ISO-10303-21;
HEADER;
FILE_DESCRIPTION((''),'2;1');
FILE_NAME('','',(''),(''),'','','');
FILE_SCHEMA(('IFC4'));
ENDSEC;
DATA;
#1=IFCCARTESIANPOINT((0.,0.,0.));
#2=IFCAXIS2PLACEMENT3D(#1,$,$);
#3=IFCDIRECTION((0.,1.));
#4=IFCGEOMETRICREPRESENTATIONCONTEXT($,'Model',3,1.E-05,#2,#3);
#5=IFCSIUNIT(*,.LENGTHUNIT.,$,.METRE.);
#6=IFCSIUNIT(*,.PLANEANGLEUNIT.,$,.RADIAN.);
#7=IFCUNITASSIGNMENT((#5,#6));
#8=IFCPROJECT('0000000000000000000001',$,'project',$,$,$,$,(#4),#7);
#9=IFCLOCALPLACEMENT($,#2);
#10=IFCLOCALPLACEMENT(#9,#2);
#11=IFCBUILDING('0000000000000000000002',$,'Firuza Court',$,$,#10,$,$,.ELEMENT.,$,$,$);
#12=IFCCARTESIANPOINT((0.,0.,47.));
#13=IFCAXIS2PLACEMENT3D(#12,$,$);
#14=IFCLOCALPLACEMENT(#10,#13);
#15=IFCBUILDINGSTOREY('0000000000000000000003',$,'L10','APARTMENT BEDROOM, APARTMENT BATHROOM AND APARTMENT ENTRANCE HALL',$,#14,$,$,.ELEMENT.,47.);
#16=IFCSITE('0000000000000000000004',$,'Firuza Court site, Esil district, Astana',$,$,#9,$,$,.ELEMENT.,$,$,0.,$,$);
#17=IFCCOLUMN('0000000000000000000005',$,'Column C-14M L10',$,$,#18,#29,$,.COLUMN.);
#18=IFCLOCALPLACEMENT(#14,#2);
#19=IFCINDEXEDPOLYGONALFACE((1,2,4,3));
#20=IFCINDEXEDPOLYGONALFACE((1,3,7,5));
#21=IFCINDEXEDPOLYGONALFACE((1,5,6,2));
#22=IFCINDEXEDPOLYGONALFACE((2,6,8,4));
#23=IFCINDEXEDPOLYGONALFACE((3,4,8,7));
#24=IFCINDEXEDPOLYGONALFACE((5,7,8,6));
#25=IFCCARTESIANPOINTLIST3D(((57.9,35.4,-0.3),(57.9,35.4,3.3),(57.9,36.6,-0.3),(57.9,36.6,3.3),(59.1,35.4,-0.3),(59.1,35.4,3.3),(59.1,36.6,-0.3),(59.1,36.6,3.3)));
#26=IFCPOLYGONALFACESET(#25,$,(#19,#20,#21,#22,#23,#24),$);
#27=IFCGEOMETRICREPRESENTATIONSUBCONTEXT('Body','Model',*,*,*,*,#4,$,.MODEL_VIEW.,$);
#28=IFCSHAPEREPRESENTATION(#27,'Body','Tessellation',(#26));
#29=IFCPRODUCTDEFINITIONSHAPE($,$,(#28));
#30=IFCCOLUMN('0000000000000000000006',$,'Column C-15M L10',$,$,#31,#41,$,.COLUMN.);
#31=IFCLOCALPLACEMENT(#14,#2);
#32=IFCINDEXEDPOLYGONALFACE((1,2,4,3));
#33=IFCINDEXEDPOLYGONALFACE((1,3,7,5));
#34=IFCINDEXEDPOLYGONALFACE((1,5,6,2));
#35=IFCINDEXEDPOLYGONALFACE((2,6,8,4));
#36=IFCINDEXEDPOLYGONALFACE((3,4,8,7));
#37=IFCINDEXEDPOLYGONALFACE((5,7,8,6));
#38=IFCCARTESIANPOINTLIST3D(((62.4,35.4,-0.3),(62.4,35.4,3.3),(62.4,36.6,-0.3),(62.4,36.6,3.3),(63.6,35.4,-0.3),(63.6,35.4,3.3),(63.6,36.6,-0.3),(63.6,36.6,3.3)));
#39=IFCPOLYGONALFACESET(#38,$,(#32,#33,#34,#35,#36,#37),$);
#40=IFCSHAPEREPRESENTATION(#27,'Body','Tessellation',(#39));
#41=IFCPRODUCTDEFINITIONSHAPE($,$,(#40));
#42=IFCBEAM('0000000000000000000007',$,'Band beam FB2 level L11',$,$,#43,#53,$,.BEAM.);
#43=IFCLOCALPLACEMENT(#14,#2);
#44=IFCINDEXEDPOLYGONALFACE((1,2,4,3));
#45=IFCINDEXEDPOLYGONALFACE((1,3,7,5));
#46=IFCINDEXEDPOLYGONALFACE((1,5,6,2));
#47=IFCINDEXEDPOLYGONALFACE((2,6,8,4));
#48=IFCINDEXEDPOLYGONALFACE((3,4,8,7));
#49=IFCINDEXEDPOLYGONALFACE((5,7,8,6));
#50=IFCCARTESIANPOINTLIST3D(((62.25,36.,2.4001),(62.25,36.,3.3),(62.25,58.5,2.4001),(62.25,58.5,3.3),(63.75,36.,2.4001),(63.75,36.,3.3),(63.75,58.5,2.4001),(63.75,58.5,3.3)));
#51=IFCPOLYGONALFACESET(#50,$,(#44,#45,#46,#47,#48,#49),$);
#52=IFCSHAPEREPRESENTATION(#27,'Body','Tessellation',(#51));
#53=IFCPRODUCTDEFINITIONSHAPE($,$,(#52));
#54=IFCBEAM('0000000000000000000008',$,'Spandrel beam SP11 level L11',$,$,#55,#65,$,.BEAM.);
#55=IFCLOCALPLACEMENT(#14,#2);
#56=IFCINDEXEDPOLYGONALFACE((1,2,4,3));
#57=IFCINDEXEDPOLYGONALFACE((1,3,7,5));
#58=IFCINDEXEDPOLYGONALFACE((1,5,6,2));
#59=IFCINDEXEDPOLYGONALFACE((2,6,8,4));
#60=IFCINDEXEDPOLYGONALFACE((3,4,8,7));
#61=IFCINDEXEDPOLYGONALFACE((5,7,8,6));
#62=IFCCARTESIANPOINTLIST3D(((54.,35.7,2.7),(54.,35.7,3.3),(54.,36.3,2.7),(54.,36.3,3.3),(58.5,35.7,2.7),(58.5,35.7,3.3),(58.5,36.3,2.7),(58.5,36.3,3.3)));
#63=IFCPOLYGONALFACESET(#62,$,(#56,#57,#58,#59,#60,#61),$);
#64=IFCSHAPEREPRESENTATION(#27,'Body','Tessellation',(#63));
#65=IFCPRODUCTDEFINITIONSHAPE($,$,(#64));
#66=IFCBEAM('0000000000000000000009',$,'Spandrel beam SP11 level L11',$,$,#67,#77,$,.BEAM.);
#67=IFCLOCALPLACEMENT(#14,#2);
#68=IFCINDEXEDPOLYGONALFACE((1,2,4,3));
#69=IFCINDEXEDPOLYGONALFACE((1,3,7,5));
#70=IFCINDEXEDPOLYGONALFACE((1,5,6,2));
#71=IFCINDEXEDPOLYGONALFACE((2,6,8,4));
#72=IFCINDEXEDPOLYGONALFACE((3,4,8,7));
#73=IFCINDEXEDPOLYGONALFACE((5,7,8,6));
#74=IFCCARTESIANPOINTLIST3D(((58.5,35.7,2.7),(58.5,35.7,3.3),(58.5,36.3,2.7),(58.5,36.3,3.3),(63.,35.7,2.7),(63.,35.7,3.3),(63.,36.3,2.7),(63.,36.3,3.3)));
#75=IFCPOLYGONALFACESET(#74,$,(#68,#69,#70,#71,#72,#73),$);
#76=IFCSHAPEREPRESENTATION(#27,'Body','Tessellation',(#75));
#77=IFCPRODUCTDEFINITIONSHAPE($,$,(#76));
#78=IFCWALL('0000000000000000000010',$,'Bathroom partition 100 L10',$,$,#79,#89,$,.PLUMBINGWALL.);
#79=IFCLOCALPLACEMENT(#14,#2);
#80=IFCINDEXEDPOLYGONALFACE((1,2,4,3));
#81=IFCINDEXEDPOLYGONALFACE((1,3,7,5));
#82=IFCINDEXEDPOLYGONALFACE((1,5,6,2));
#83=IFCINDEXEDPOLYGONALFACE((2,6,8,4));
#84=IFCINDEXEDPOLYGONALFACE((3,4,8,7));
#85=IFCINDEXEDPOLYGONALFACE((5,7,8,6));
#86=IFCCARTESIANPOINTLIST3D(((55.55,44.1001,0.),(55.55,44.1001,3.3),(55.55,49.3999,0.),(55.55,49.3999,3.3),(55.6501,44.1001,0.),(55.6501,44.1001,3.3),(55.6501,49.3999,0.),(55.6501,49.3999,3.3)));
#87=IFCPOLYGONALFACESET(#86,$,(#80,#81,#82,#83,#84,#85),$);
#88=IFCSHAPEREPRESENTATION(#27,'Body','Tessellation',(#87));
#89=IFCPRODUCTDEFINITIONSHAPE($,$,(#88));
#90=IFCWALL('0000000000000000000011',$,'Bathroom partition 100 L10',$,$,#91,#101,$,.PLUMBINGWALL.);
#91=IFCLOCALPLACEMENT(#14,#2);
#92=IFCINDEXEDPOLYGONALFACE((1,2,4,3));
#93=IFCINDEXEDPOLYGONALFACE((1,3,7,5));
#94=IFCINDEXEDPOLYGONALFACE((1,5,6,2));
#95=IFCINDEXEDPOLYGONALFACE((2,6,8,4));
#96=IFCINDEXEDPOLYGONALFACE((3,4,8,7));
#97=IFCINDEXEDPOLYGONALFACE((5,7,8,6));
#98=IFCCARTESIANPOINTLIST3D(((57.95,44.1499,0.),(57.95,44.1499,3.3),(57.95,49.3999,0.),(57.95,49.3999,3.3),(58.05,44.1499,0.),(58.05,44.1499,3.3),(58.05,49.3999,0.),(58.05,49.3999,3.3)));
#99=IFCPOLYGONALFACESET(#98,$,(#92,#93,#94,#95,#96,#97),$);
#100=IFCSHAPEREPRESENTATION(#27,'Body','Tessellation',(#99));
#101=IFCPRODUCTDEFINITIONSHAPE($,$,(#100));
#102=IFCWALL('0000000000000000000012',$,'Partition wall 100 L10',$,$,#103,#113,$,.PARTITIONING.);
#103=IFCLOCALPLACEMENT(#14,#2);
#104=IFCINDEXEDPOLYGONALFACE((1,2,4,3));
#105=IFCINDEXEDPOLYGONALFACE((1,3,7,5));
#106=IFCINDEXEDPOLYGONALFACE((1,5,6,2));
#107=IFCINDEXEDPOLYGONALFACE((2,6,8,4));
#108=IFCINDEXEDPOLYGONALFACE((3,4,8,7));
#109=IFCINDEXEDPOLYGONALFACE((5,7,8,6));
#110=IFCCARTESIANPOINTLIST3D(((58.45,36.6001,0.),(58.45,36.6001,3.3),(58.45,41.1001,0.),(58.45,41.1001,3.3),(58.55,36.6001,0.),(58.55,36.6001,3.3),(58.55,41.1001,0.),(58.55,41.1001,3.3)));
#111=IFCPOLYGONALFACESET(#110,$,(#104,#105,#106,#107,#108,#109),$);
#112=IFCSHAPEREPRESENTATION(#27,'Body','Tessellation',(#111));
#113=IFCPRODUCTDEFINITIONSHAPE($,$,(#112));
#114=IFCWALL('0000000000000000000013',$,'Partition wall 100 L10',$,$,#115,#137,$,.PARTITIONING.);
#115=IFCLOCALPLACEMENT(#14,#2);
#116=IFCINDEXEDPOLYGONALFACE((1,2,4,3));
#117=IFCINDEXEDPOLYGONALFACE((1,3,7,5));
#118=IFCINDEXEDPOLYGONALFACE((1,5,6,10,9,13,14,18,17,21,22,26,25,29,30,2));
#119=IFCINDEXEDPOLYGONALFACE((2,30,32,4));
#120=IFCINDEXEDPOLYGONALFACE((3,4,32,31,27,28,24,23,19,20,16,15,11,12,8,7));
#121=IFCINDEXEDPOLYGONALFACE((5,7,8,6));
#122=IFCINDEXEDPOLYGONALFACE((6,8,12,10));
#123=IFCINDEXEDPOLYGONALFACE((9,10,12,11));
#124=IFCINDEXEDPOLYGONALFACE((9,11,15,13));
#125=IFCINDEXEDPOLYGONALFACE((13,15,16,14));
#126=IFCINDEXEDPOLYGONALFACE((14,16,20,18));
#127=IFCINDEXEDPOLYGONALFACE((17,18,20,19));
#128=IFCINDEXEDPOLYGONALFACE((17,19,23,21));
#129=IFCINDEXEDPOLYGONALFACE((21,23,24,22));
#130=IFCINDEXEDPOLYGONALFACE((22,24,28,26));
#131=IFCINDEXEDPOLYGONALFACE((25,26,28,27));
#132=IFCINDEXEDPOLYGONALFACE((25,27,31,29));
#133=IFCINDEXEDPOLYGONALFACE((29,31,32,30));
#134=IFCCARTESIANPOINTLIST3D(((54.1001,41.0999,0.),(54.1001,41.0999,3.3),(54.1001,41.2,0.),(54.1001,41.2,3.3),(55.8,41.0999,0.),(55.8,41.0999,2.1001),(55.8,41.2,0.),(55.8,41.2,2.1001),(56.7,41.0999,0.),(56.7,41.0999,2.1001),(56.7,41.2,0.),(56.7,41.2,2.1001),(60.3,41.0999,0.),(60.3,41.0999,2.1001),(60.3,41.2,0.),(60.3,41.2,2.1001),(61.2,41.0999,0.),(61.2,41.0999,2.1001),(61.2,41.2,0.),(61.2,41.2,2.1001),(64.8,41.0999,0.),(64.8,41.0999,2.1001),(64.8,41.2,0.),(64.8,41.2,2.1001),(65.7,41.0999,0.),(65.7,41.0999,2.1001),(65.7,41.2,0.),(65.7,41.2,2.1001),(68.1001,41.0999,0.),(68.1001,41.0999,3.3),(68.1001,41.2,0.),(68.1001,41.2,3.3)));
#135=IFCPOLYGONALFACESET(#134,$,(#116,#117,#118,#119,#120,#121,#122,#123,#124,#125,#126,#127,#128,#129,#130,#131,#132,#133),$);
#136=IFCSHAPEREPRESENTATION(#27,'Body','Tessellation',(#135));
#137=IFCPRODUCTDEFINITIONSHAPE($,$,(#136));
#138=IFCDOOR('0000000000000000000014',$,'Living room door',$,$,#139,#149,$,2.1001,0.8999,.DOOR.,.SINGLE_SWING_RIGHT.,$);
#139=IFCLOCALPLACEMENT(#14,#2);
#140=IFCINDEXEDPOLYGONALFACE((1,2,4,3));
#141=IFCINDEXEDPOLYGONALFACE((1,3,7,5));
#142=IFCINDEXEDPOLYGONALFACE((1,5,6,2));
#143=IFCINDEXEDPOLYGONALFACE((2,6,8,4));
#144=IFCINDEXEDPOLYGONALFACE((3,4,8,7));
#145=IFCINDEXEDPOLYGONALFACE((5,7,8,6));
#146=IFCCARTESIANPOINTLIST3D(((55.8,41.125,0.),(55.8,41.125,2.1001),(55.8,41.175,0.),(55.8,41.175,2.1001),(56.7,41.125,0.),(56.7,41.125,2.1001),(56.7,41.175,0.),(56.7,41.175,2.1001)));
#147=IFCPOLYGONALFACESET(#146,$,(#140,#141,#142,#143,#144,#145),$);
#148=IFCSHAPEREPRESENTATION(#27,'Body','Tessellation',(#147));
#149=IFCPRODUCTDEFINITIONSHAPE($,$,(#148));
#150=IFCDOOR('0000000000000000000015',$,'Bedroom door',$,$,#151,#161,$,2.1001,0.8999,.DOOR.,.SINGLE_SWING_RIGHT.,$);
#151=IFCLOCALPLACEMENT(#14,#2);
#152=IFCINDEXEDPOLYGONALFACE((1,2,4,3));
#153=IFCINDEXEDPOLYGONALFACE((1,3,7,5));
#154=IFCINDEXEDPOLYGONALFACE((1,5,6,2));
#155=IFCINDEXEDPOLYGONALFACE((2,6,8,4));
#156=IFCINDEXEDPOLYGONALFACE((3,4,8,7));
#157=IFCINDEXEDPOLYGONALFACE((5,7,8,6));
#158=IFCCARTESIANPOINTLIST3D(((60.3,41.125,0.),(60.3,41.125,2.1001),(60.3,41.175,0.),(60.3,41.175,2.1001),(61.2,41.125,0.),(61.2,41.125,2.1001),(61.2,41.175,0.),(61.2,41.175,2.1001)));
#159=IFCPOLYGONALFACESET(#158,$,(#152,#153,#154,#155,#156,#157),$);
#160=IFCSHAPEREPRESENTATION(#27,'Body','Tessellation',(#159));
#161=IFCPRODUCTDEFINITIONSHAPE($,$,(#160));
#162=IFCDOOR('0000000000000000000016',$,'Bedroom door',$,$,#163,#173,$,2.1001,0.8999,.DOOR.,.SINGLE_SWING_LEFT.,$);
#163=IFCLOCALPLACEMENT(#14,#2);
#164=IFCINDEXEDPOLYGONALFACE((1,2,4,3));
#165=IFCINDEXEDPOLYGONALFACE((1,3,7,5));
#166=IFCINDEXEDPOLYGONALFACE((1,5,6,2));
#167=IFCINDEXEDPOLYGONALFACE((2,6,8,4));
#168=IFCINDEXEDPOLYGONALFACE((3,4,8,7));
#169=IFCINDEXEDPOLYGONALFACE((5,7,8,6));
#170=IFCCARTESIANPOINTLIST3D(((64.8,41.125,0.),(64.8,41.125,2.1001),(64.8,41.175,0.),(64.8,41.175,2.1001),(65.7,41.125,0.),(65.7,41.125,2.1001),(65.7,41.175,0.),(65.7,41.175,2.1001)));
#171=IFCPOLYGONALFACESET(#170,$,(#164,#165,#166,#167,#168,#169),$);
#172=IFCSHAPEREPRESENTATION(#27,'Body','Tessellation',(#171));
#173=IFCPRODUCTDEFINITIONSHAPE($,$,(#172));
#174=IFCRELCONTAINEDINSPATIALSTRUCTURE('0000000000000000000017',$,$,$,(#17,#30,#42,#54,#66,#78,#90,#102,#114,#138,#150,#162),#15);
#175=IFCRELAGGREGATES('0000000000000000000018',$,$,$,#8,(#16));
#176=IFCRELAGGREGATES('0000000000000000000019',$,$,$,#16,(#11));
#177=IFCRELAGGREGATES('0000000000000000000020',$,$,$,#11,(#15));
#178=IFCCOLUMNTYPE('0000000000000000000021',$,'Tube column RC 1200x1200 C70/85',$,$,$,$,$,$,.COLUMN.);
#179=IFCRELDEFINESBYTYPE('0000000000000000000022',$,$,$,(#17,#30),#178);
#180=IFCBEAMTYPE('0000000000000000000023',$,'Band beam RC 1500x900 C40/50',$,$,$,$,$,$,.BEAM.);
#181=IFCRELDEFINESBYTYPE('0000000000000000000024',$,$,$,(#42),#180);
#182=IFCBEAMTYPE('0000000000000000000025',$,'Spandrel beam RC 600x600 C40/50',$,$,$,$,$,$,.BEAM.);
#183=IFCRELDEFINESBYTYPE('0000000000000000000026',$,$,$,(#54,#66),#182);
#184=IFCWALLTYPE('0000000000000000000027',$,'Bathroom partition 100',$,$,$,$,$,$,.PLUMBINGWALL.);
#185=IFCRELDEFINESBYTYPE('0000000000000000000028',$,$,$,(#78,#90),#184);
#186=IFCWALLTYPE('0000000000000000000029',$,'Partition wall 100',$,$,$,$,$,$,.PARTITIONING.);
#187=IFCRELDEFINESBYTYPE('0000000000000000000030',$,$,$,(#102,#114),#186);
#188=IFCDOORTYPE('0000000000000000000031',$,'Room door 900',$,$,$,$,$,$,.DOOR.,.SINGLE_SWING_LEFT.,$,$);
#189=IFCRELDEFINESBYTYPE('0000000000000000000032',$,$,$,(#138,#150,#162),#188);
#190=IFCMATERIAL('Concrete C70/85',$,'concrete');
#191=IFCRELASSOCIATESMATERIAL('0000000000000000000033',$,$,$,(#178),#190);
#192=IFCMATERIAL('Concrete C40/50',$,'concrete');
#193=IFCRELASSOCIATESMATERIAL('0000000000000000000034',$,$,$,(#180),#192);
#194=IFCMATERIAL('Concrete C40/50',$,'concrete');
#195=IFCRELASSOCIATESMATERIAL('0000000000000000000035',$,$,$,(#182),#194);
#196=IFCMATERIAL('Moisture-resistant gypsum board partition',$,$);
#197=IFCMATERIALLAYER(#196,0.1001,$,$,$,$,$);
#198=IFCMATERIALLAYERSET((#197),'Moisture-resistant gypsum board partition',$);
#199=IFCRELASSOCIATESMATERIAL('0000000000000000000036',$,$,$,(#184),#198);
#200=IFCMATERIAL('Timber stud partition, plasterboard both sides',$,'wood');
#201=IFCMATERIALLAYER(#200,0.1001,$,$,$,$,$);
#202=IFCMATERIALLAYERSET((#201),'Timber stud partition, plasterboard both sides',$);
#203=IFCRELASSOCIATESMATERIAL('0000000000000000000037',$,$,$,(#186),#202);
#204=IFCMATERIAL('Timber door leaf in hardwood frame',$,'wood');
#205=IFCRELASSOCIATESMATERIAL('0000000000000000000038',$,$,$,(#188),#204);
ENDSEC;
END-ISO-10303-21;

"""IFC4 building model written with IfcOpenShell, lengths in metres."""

from ifc_helpers import new_model, si_unit, direction, frame, frame_2d, origin, origin_2d, place, context, subcontext, project, spatial, rectangle, extrude, material, layer, layer_set, material_profile, profile_set, type_object, element, fill, save


model = new_model("IFC4")

# Units and contexts
model_context = context("Model", 3, precision=1e-05, world=origin(), true_north=direction((0.0, 1.0)))
body_context = subcontext(model_context, "Body", "Model", "MODEL_VIEW")
ifc_project = project(units=[si_unit("LENGTHUNIT", "METRE"), si_unit("PLANEANGLEUNIT", "RADIAN")], contexts=[model_context])

# Site, building, storey
site_placement = place(None, origin())
site = spatial("IfcSite", under=ifc_project, at=site_placement, Name="Firuza Court site, Esil district, Astana", CompositionType="ELEMENT", RefElevation=0.0)
building_placement = place(site_placement, origin())
building = spatial("IfcBuilding", under=site, at=building_placement, Name="Firuza Court", CompositionType="ELEMENT")
storey_placement = place(building_placement, frame((0.0, 0.0, 47.0)))
storey = spatial("IfcBuildingStorey", under=building, at=storey_placement, Name="L10", Description="APARTMENT BEDROOM, APARTMENT BATHROOM AND APARTMENT ENTRANCE HALL", CompositionType="ELEMENT", Elevation=47.0)

# Columns
ifc_material_1 = material(Name="Concrete C70/85", Category="concrete")
ifc_material_profile_1 = material_profile(ifc_material_1, rectangle(XDim=1.2, YDim=1.2, at=origin_2d()), Name="RC 1200x1200")
ifc_profile_set_1 = profile_set([ifc_material_profile_1], Name="Concrete C70/85")
column_type = type_object("IfcColumnType", Name="Tube column RC 1200x1200 C70/85", PredefinedType="COLUMN", material=ifc_profile_set_1)
for number, where, z_axis, x_axis, name in (
    (1, (58.5, 36.0, -0.3), (0.0, 0.0, 1.0), (1.0, 0.0, 0.0), "Column C-14M L10"),
    (2, (63.0, 36.0, -0.3), (0.0, 0.0, 1.0), (1.0, 0.0, 0.0), "Column C-15M L10"),
):
    element("IfcColumn", number, at=place(storey_placement, frame(where, z_axis=z_axis, x_axis=x_axis)), inside=storey, type_object=column_type, Name=name, PredefinedType="COLUMN", context=body_context, shape_type="SweptSolid", body=[
        extrude(rectangle(XDim=1.2, YDim=1.2, at=origin_2d()), origin(), (0.0, 0.0, 1.0), 3.6001),
    ])

# Beams
ifc_material_2 = material(Name="Concrete C40/50", Category="concrete")
ifc_material_profile_2 = material_profile(ifc_material_2, rectangle(XDim=1.5, YDim=0.8999, at=origin_2d()), Name="RC 1500x900")
ifc_profile_set_2 = profile_set([ifc_material_profile_2], Name="Concrete C40/50")
beam_type_1 = type_object("IfcBeamType", Name="Band beam RC 1500x900 C40/50", PredefinedType="BEAM", material=ifc_profile_set_2)
beam_placement = place(storey_placement, frame((63.0, 36.0, 2.8501), z_axis=(0.0, 1.0, 0.0), x_axis=(-1.0, 0.0, 0.0)))
element("IfcBeam", 3, at=beam_placement, inside=storey, type_object=beam_type_1, Name="Band beam FB2 level L11", PredefinedType="BEAM", context=body_context, shape_type="SweptSolid", body=[
    extrude(rectangle(XDim=1.5, YDim=0.8999, at=origin_2d()), origin(), (0.0, 0.0, 1.0), 22.5),
])
ifc_material_3 = material(Name="Concrete C40/50", Category="concrete")
ifc_material_profile_3 = material_profile(ifc_material_3, rectangle(XDim=0.6001, YDim=0.6001, at=origin_2d()), Name="RC 600x600")
ifc_profile_set_3 = profile_set([ifc_material_profile_3], Name="Concrete C40/50")
beam_type_2 = type_object("IfcBeamType", Name="Spandrel beam RC 600x600 C40/50", PredefinedType="BEAM", material=ifc_profile_set_3)
for number, where, z_axis, x_axis, name in (
    (4, (54.0, 36.0, 3.0), (1.0, 0.0, 0.0), (0.0, 1.0, 0.0), "Spandrel beam SP11 level L11"),
    (5, (58.5, 36.0, 3.0), (1.0, 0.0, 0.0), (0.0, 1.0, 0.0), "Spandrel beam SP11 level L11"),
):
    element("IfcBeam", number, at=place(storey_placement, frame(where, z_axis=z_axis, x_axis=x_axis)), inside=storey, type_object=beam_type_2, Name=name, PredefinedType="BEAM", context=body_context, shape_type="SweptSolid", body=[
        extrude(rectangle(XDim=0.6001, YDim=0.6001, at=origin_2d()), origin(), (0.0, 0.0, 1.0), 4.5),
    ])

# Walls
ifc_material_4 = material(Name="Moisture-resistant gypsum board partition")
ifc_layer_1 = layer(ifc_material_4, 0.1001)
ifc_layer_set_1 = layer_set([ifc_layer_1], Name="Moisture-resistant gypsum board partition")
wall_type_1 = type_object("IfcWallType", Name="Bathroom partition 100", PredefinedType="PLUMBINGWALL", material=ifc_layer_set_1)
wall_1_placement = place(storey_placement, frame((55.6001, 44.1001, 0.0), z_axis=(0.0, 0.0, 1.0), x_axis=(0.0, 1.0, 0.0)))
element("IfcWall", 6, at=wall_1_placement, inside=storey, type_object=wall_type_1, Name="Bathroom partition 100 L10", PredefinedType="PLUMBINGWALL", context=body_context, shape_type="SweptSolid", body=[
    extrude(rectangle(XDim=5.2998, YDim=0.1001, at=frame_2d((2.6499, 0.0))), origin(), (0.0, 0.0, 1.0), 3.3),
])
wall_2_placement = place(storey_placement, frame((58.0, 44.1499, 0.0), z_axis=(0.0, 0.0, 1.0), x_axis=(0.0, 1.0, 0.0)))
element("IfcWall", 7, at=wall_2_placement, inside=storey, type_object=wall_type_1, Name="Bathroom partition 100 L10", PredefinedType="PLUMBINGWALL", context=body_context, shape_type="SweptSolid", body=[
    extrude(rectangle(XDim=5.25, YDim=0.1001, at=frame_2d((2.625, 0.0))), origin(), (0.0, 0.0, 1.0), 3.3),
])
ifc_material_5 = material(Name="Timber stud partition, plasterboard both sides", Category="wood")
ifc_layer_2 = layer(ifc_material_5, 0.1001)
ifc_layer_set_2 = layer_set([ifc_layer_2], Name="Timber stud partition, plasterboard both sides")
wall_type_2 = type_object("IfcWallType", Name="Partition wall 100", PredefinedType="PARTITIONING", material=ifc_layer_set_2)
wall_3_placement = place(storey_placement, frame((58.5, 36.6001, 0.0), z_axis=(0.0, 0.0, 1.0), x_axis=(0.0, 1.0, 0.0)))
element("IfcWall", 8, at=wall_3_placement, inside=storey, type_object=wall_type_2, Name="Partition wall 100 L10", PredefinedType="PARTITIONING", context=body_context, shape_type="SweptSolid", body=[
    extrude(rectangle(XDim=4.5, YDim=0.1001, at=frame_2d((2.25, 0.0))), origin(), (0.0, 0.0, 1.0), 3.3),
])

# Wall, openings, doors
wall_4_placement = place(storey_placement, frame((54.1001, 41.1499, 0.0), z_axis=(0.0, 0.0, 1.0), x_axis=(1.0, 0.0, 0.0)))
wall_4 = element("IfcWall", 9, at=wall_4_placement, inside=storey, type_object=wall_type_2, Name="Partition wall 100 L10", PredefinedType="PARTITIONING", context=body_context, shape_type="SweptSolid", body=[
    extrude(rectangle(XDim=14.0, YDim=0.1001, at=frame_2d((7.0, 0.0))), origin(), (0.0, 0.0, 1.0), 3.3),
])
opening_1_placement = place(wall_4_placement, frame((1.7, 0.0, 0.0)))
opening_1 = element("IfcOpeningElement", 10, at=opening_1_placement, cuts=wall_4, PredefinedType="OPENING", context=body_context, shape_type="SweptSolid", body=[
    extrude(rectangle(XDim=0.8999, YDim=2.1001, at=frame_2d((0.45, 1.05))), frame((0.0, 0.062, 0.0), z_axis=(0.0, -1.0, 0.0), x_axis=(1.0, 0.0, 0.0)), (0.0, 0.0, 1.0), 0.124),
])
opening_2_placement = place(wall_4_placement, frame((6.2, 0.0, 0.0)))
opening_2 = element("IfcOpeningElement", 11, at=opening_2_placement, cuts=wall_4, PredefinedType="OPENING", context=body_context, shape_type="SweptSolid", body=[
    extrude(rectangle(XDim=0.8999, YDim=2.1001, at=frame_2d((0.45, 1.05))), frame((0.0, 0.062, 0.0), z_axis=(0.0, -1.0, 0.0), x_axis=(1.0, 0.0, 0.0)), (0.0, 0.0, 1.0), 0.124),
])
opening_3_placement = place(wall_4_placement, frame((10.7, 0.0, 0.0)))
opening_3 = element("IfcOpeningElement", 12, at=opening_3_placement, cuts=wall_4, PredefinedType="OPENING", context=body_context, shape_type="SweptSolid", body=[
    extrude(rectangle(XDim=0.8999, YDim=2.1001, at=frame_2d((0.45, 1.05))), frame((0.0, 0.062, 0.0), z_axis=(0.0, -1.0, 0.0), x_axis=(1.0, 0.0, 0.0)), (0.0, 0.0, 1.0), 0.124),
])
ifc_material_6 = material(Name="Timber door leaf in hardwood frame", Category="wood")
door_type_1 = type_object("IfcDoorType", Name="Room door 900", OperationType="SINGLE_SWING_LEFT", PredefinedType="DOOR", material=ifc_material_6)
door_1_placement = place(opening_1_placement, frame((0.8999, 0.0, 0.0), z_axis=(0.0, 0.0, 1.0), x_axis=(-1.0, 0.0, 0.0)))
door_1 = element("IfcDoor", 13, at=door_1_placement, inside=storey, type_object=door_type_1, Name="Living room door", OperationType="SINGLE_SWING_RIGHT", OverallHeight=2.1001, OverallWidth=0.8999, PredefinedType="DOOR", context=body_context, shape_type="SweptSolid", body=[
    extrude(rectangle(XDim=0.8999, YDim=2.1001, at=frame_2d((0.45, 1.05))), frame((0.0, 0.0249, 0.0), z_axis=(0.0, -1.0, 0.0), x_axis=(1.0, 0.0, 0.0)), (0.0, 0.0, 1.0), 0.05),
])
fill(opening_1, door_1)
door_2_placement = place(opening_2_placement, frame((0.8999, 0.0, 0.0), z_axis=(0.0, 0.0, 1.0), x_axis=(-1.0, 0.0, 0.0)))
door_2 = element("IfcDoor", 14, at=door_2_placement, inside=storey, type_object=door_type_1, Name="Bedroom door", OperationType="SINGLE_SWING_RIGHT", OverallHeight=2.1001, OverallWidth=0.8999, PredefinedType="DOOR", context=body_context, shape_type="SweptSolid", body=[
    extrude(rectangle(XDim=0.8999, YDim=2.1001, at=frame_2d((0.45, 1.05))), frame((0.0, 0.0249, 0.0), z_axis=(0.0, -1.0, 0.0), x_axis=(1.0, 0.0, 0.0)), (0.0, 0.0, 1.0), 0.05),
])
fill(opening_2, door_2)
door_3_placement = place(opening_3_placement, frame((0.8999, 0.0, 0.0), z_axis=(0.0, 0.0, 1.0), x_axis=(-1.0, 0.0, 0.0)))
door_3 = element("IfcDoor", 15, at=door_3_placement, inside=storey, type_object=door_type_1, Name="Bedroom door", OperationType="SINGLE_SWING_LEFT", OverallHeight=2.1001, OverallWidth=0.8999, PredefinedType="DOOR", context=body_context, shape_type="SweptSolid", body=[
    extrude(rectangle(XDim=0.8999, YDim=2.1001, at=frame_2d((0.45, 1.05))), frame((0.0, 0.0249, 0.0), z_axis=(0.0, -1.0, 0.0), x_axis=(1.0, 0.0, 0.0)), (0.0, 0.0, 1.0), 0.05),
])
fill(opening_3, door_3)

save(model, "model.ifc")
